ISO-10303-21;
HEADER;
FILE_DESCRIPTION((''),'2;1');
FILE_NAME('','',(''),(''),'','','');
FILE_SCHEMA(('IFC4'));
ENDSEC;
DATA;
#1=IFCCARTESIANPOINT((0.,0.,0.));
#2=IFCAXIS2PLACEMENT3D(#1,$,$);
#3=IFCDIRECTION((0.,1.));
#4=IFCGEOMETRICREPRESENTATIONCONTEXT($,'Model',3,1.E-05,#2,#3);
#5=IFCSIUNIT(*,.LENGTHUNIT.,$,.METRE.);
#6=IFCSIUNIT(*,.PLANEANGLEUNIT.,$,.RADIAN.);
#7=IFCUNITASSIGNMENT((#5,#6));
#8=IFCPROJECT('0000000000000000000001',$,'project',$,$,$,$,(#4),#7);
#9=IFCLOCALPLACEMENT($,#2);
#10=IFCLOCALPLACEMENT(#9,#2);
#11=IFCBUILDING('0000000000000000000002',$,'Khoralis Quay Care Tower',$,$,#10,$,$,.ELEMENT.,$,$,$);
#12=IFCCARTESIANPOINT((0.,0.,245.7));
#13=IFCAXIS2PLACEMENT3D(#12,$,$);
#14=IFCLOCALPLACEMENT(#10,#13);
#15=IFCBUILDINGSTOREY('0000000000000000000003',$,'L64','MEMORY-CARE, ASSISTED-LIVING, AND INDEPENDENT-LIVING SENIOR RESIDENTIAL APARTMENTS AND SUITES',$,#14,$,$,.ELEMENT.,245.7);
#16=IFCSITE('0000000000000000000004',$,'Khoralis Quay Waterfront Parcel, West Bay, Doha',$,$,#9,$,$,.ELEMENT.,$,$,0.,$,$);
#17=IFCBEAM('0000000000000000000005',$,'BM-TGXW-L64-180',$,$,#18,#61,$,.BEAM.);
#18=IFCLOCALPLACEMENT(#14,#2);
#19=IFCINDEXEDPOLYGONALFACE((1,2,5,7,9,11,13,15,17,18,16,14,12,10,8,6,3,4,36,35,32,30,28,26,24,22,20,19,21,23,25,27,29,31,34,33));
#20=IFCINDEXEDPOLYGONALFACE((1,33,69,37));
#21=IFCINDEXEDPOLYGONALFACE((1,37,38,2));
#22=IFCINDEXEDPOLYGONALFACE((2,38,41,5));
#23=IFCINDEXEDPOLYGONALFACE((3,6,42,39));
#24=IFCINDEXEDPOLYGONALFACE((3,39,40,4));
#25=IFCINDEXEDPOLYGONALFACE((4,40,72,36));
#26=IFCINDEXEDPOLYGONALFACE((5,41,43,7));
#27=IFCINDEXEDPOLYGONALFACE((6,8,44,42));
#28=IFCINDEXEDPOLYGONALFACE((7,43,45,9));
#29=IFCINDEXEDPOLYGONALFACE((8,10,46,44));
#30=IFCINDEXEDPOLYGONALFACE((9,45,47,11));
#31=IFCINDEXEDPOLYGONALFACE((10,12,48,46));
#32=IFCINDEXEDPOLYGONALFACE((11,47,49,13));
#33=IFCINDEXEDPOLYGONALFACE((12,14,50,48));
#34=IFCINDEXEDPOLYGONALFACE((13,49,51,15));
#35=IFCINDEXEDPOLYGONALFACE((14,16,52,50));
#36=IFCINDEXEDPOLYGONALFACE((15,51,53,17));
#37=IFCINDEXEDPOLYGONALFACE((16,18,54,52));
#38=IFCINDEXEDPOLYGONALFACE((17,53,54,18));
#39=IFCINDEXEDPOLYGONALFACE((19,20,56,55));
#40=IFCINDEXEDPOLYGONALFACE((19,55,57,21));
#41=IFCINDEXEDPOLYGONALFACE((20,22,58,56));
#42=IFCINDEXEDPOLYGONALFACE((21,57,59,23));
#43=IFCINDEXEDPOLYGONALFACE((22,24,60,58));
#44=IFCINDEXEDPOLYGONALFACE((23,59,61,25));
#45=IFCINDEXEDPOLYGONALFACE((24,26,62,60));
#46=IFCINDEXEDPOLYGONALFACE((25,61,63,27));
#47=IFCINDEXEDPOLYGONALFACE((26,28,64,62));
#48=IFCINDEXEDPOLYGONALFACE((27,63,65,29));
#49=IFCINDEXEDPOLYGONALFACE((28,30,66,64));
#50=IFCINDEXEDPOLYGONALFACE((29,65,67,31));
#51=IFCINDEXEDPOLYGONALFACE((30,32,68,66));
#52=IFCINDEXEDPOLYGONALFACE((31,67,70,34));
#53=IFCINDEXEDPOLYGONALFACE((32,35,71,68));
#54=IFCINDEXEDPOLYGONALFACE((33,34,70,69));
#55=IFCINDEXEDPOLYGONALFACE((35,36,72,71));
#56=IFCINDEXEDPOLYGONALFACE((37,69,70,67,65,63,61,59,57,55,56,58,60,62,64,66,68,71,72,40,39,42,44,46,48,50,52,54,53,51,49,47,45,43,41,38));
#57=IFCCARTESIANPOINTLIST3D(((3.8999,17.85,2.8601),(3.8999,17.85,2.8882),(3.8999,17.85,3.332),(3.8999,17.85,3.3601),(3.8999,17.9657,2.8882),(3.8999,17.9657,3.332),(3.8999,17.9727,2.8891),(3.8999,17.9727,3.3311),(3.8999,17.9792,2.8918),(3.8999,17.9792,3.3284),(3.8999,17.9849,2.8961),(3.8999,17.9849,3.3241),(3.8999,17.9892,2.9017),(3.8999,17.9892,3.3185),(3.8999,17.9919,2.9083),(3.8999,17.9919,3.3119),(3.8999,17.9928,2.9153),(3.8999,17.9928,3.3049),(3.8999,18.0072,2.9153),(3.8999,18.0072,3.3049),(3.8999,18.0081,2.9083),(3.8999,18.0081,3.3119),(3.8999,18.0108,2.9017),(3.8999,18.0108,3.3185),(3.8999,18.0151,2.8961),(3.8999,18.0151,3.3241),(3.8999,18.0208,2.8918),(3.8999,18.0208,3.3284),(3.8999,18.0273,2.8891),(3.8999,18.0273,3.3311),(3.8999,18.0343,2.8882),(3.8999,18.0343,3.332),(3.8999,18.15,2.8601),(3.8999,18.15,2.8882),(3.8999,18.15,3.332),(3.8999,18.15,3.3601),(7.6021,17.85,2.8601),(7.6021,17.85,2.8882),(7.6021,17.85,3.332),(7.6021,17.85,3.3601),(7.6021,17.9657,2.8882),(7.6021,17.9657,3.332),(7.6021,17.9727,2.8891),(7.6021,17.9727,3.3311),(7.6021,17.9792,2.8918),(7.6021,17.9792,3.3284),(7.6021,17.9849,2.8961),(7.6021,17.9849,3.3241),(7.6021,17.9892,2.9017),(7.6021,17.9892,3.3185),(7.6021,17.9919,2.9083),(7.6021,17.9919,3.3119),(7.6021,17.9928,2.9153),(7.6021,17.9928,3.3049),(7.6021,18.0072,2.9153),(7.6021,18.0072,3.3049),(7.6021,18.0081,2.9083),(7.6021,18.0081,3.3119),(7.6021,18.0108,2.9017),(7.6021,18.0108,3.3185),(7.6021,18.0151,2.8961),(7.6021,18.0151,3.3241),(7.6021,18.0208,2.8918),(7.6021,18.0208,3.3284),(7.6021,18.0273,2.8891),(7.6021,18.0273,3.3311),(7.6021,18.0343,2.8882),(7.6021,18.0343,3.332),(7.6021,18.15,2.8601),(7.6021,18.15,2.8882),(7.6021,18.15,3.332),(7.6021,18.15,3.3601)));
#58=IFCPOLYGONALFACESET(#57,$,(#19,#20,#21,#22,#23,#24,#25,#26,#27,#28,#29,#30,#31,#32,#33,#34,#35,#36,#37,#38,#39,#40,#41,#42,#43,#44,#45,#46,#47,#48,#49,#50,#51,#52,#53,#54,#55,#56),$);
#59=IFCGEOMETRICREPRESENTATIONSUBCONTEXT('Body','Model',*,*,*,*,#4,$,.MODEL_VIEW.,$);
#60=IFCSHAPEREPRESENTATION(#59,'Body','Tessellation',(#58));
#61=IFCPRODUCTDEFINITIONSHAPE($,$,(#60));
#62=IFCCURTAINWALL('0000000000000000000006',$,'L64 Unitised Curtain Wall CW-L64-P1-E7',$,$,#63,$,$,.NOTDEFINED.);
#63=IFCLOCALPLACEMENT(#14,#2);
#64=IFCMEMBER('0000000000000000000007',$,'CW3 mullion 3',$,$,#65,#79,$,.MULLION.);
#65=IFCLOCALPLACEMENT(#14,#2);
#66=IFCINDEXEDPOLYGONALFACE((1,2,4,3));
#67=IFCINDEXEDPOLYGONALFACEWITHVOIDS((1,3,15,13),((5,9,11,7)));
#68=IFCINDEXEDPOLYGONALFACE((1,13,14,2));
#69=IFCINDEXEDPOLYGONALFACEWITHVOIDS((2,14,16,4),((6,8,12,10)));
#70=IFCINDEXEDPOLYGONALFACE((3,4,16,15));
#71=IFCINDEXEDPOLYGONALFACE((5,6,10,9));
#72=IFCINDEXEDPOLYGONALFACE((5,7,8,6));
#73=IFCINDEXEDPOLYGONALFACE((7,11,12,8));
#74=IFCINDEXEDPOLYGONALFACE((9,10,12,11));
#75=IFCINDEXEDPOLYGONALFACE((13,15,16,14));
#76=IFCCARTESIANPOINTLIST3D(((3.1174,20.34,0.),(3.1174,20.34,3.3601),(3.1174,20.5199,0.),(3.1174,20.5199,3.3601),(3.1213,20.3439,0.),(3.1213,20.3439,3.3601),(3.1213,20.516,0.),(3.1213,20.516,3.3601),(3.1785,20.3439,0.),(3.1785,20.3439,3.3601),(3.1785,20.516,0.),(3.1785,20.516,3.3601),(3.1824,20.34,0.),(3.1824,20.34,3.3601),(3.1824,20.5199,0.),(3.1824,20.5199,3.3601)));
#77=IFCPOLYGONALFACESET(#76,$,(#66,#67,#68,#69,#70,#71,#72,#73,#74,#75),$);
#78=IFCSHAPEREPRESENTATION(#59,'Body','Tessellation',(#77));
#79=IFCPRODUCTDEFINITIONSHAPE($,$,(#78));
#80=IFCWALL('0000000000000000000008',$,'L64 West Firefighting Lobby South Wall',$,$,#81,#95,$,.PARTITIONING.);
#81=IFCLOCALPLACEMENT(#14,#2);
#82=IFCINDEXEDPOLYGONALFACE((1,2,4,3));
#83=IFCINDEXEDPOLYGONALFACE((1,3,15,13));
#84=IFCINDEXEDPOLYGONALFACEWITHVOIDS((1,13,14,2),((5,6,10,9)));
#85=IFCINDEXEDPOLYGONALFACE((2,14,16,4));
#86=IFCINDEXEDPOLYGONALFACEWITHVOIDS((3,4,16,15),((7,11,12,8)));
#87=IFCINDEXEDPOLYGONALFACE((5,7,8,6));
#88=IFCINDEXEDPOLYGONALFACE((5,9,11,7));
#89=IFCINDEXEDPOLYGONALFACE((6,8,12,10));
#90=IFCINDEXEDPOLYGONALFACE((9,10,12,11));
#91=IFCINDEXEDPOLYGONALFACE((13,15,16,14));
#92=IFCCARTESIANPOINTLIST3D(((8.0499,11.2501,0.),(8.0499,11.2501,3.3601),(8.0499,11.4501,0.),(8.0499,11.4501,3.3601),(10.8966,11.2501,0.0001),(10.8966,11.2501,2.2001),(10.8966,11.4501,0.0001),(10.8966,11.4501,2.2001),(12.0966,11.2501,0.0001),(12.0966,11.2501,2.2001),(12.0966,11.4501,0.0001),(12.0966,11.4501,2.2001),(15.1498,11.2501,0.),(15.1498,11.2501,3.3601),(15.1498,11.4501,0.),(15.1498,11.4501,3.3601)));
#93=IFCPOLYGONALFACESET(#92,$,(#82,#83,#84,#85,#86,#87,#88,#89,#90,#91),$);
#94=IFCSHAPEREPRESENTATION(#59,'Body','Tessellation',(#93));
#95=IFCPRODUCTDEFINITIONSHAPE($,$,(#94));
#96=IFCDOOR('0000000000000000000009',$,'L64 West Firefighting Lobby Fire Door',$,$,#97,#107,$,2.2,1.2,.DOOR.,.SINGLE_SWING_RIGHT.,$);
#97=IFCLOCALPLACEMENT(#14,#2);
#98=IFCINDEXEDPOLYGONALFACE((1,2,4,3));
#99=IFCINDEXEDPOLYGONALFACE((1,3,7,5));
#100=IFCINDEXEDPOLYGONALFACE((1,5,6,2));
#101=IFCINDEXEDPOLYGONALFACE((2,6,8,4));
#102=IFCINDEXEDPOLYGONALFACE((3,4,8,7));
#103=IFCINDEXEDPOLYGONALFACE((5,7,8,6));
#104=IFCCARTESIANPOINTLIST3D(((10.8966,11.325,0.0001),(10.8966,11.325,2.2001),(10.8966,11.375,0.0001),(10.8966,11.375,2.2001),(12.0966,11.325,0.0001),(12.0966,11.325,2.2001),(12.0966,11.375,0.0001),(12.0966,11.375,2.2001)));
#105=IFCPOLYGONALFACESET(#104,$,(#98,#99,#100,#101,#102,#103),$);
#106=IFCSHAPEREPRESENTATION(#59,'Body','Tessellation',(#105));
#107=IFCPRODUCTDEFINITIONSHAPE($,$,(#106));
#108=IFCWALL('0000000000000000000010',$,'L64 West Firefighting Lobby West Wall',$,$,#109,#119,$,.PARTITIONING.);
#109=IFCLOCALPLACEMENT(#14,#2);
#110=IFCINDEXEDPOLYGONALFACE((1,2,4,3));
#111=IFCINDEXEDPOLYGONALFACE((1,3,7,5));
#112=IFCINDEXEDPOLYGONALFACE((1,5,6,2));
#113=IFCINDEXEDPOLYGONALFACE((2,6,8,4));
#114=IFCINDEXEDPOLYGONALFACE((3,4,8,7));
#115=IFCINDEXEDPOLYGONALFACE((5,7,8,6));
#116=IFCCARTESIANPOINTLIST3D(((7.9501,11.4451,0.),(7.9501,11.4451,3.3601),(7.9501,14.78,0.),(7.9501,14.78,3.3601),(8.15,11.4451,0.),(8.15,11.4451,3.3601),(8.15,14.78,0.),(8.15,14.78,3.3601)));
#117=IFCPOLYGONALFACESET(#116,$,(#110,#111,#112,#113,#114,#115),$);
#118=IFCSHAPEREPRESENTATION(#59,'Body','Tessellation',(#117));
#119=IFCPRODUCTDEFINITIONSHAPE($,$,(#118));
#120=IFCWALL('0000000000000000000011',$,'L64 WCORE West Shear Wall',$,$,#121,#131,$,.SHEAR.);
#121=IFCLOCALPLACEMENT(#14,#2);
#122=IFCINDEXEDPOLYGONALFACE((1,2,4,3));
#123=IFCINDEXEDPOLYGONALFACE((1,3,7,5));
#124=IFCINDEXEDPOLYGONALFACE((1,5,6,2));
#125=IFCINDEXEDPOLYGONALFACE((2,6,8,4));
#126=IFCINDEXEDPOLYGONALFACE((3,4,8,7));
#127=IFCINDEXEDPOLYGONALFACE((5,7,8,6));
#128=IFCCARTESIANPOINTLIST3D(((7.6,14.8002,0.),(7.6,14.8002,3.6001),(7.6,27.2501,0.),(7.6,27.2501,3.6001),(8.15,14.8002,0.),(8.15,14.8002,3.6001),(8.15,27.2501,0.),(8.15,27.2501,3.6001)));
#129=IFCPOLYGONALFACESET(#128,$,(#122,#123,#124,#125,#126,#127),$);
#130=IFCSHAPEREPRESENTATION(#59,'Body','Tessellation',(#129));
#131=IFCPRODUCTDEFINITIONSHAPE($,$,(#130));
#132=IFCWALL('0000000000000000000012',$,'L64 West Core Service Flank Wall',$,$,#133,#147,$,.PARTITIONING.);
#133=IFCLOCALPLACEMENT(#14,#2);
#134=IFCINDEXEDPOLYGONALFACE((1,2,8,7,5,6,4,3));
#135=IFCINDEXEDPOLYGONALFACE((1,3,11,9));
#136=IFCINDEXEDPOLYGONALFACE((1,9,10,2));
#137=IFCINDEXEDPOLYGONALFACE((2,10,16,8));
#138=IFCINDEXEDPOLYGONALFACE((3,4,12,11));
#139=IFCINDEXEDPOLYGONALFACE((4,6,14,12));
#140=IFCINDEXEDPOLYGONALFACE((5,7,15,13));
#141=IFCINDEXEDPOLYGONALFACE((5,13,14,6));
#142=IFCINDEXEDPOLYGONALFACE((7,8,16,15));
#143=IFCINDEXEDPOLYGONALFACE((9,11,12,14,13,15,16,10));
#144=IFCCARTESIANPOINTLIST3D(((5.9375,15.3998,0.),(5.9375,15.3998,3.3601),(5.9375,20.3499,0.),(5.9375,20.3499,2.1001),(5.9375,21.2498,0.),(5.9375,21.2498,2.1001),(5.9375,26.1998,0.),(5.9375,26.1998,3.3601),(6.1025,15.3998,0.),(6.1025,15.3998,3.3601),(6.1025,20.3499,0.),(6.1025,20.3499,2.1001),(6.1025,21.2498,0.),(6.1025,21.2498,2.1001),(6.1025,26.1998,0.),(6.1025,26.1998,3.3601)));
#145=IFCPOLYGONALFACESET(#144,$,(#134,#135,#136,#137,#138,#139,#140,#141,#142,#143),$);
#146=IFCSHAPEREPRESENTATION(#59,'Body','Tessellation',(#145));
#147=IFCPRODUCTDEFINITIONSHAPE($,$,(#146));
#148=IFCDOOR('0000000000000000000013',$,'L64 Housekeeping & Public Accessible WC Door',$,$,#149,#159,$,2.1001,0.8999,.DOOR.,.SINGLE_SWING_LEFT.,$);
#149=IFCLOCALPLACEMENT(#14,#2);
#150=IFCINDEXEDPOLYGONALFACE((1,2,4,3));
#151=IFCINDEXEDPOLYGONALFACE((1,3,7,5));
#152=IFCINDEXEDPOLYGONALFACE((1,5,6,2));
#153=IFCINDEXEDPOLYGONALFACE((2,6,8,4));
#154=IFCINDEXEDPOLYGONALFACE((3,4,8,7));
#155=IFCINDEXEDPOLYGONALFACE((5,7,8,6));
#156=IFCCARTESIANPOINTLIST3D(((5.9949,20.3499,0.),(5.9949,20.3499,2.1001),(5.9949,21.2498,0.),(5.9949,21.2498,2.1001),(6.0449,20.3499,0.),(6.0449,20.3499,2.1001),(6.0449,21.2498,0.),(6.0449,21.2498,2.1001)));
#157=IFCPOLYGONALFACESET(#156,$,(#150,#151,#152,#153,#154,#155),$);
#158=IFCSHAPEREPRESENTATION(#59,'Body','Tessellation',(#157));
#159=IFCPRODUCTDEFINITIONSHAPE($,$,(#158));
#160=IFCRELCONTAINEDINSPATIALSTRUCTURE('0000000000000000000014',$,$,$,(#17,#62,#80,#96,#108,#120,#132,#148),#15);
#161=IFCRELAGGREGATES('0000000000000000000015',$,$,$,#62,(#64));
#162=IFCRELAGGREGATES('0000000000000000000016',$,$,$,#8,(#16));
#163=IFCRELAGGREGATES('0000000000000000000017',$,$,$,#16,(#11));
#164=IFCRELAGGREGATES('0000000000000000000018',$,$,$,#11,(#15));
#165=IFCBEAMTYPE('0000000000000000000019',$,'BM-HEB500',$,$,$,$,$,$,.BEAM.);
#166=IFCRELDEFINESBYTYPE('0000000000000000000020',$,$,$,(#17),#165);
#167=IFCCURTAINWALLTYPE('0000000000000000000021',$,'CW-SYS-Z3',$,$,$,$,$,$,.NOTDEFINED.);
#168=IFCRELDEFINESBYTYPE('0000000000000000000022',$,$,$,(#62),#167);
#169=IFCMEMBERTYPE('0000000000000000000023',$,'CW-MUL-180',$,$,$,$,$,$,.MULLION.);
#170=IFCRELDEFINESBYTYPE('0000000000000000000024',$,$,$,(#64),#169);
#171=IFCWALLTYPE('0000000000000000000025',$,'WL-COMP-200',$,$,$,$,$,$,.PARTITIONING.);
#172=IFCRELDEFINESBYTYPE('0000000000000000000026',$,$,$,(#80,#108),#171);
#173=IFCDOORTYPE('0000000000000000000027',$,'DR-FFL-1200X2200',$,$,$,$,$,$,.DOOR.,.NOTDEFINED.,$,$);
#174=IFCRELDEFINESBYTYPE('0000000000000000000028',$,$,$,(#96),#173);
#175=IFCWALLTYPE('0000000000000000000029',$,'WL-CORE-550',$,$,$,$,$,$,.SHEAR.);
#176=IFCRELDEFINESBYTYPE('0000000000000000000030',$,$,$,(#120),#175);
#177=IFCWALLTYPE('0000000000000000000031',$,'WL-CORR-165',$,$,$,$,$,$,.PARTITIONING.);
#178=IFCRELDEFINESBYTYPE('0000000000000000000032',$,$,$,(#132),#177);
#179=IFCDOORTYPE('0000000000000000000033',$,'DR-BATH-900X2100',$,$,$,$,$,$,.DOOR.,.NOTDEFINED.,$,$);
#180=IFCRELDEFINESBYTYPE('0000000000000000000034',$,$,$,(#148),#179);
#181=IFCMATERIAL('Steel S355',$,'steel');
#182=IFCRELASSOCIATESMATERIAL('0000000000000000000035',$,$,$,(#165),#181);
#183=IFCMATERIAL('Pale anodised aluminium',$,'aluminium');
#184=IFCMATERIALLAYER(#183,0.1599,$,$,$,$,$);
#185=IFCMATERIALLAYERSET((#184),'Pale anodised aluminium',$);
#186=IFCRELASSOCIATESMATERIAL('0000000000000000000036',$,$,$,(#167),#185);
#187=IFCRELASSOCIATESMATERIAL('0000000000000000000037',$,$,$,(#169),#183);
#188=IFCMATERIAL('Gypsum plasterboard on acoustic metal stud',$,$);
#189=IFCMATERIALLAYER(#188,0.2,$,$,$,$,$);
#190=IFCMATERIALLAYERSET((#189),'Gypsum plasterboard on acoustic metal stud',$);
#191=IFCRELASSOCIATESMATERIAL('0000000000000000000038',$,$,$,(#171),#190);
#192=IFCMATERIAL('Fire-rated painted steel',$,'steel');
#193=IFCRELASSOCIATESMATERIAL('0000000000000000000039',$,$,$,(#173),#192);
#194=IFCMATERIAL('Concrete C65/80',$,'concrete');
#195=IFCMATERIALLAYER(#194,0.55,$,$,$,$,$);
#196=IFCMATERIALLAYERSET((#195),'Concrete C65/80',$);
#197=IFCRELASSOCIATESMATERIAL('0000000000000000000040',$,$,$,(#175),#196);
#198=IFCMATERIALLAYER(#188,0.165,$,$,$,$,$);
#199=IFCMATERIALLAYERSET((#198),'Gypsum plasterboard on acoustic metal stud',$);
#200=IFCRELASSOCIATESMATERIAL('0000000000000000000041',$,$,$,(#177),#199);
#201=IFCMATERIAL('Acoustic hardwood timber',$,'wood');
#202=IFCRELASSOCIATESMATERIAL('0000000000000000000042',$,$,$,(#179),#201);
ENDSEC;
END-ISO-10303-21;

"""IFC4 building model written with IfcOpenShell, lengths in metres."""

from ifc_helpers import new_model, si_unit, direction, frame, frame_2d, origin, origin_2d, place, context, subcontext, project, spatial, rectangle, hollow_rectangle, i_section, extrude, source, transform, mapped, material, layer, layer_set, material_profile, profile_set, type_object, element, fill, aggregate, save


model = new_model("IFC4")

# Units and contexts
model_context = context("Model", 3, precision=1e-05, world=origin(), true_north=direction((0.0, 1.0)))
body_context = subcontext(model_context, "Body", "Model", "MODEL_VIEW")
ifc_project = project(units=[si_unit("LENGTHUNIT", "METRE"), si_unit("PLANEANGLEUNIT", "RADIAN")], contexts=[model_context])

# Site, building, storey
site_placement = place(None, origin())
site = spatial("IfcSite", under=ifc_project, at=site_placement, Name="Khoralis Quay Waterfront Parcel, West Bay, Doha", CompositionType="ELEMENT", RefElevation=0.0)
building_placement = place(site_placement, origin())
building = spatial("IfcBuilding", under=site, at=building_placement, Name="Khoralis Quay Care Tower", CompositionType="ELEMENT")
storey_placement = place(building_placement, frame((0.0, 0.0, 245.7)))
storey = spatial("IfcBuildingStorey", under=building, at=storey_placement, Name="L64", Description="MEMORY-CARE, ASSISTED-LIVING, AND INDEPENDENT-LIVING SENIOR RESIDENTIAL APARTMENTS AND SUITES", CompositionType="ELEMENT", Elevation=245.7)

# Beam
ifc_material_1 = material(Name="Steel S355", Category="steel")
ifc_material_profile_1 = material_profile(ifc_material_1, i_section(OverallWidth=0.3, OverallDepth=0.5, WebThickness=0.0144, FlangeThickness=0.0281, FilletRadius=0.0271, at=origin_2d()), Name="Steel S355")
ifc_profile_set_1 = profile_set([ifc_material_profile_1], Name="Steel S355")
beam_type_1 = type_object("IfcBeamType", Name="BM-HEB500", PredefinedType="BEAM", material=ifc_profile_set_1)
shared_shape_1 = source(origin(), body_context, "Body", "SweptSolid", [
    extrude(i_section(OverallWidth=0.3, OverallDepth=0.5, WebThickness=0.0144, FlangeThickness=0.0281, FilletRadius=0.0271, at=origin_2d()), origin(), (0.0, 0.0, 1.0), 3.7021),
])
beam_1_placement = place(storey_placement, frame((3.8999, 18.0, 3.1101), z_axis=(1.0, 0.0, 0.0), x_axis=(0.0, 1.0, 0.0)))
element("IfcBeam", 1, at=beam_1_placement, inside=storey, type_object=beam_type_1, Name="BM-TGXW-L64-180", PredefinedType="BEAM", context=body_context, shape_type="MappedRepresentation", body=[
    mapped(shared_shape_1, transform((0.0, 0.0, 0.0), scale=1.0)),
])

# Curtain wall, member
ifc_material_2 = material(Name="Pale anodised aluminium", Category="aluminium")
ifc_layer_1 = layer(ifc_material_2, 0.1599)
ifc_layer_set_1 = layer_set([ifc_layer_1], Name="Pale anodised aluminium")
curtain_wall_type = type_object("IfcCurtainWallType", Name="CW-SYS-Z3", PredefinedType="NOTDEFINED", material=ifc_layer_set_1)
curtain_wall_placement = place(storey_placement, origin())
curtain_wall = element("IfcCurtainWall", 2, at=curtain_wall_placement, inside=storey, type_object=curtain_wall_type, Name="L64 Unitised Curtain Wall CW-L64-P1-E7", PredefinedType="NOTDEFINED")
ifc_material_profile_2 = material_profile(ifc_material_2, hollow_rectangle(XDim=0.0649, YDim=0.1799, WallThickness=0.0039, at=origin_2d()), Name="Pale anodised aluminium")
ifc_profile_set_2 = profile_set([ifc_material_profile_2], Name="Pale anodised aluminium")
member_type = type_object("IfcMemberType", Name="CW-MUL-180", PredefinedType="MULLION", material=ifc_profile_set_2)
shared_shape_2 = source(origin(), body_context, "Body", "SweptSolid", [
    extrude(hollow_rectangle(XDim=0.0649, YDim=0.1799, WallThickness=0.0039, at=origin_2d()), origin(), (0.0, 0.0, 1.0), 3.3601),
])
member_placement = place(storey_placement, frame((3.1499, 20.4299, 0.0), z_axis=(0.0, 0.0, 1.0), x_axis=(1.0, 0.0, 0.0)))
member = element("IfcMember", 3, at=member_placement, type_object=member_type, Name="CW3 mullion 3", PredefinedType="MULLION", context=body_context, shape_type="MappedRepresentation", body=[
    mapped(shared_shape_2, transform((0.0, 0.0, 0.0), scale=1.0)),
])
aggregate(curtain_wall, [member])

# Wall, opening, door
ifc_material_3 = material(Name="Gypsum plasterboard on acoustic metal stud")
ifc_layer_2 = layer(ifc_material_3, 0.2)
ifc_layer_set_2 = layer_set([ifc_layer_2], Name="Gypsum plasterboard on acoustic metal stud")
wall_type_1 = type_object("IfcWallType", Name="WL-COMP-200", PredefinedType="PARTITIONING", material=ifc_layer_set_2)
wall_1_placement = place(storey_placement, frame((8.05, 11.3501, 0.0), z_axis=(0.0, 0.0, 1.0), x_axis=(1.0, 0.0, 0.0)))
wall_1 = element("IfcWall", 4, at=wall_1_placement, inside=storey, type_object=wall_type_1, Name="L64 West Firefighting Lobby South Wall", PredefinedType="PARTITIONING", context=body_context, shape_type="SweptSolid", body=[
    extrude(rectangle(XDim=7.0999, YDim=0.2, at=frame_2d((3.5498, 0.0))), origin(), (0.0, 0.0, 1.0), 3.3601),
])
opening_1_placement = place(wall_1_placement, frame((2.8464, 0.0, 0.0)))
opening_1 = element("IfcOpeningElement", 5, at=opening_1_placement, cuts=wall_1, PredefinedType="OPENING", context=body_context, shape_type="SweptSolid", body=[
    extrude(rectangle(XDim=1.2, YDim=2.2, at=frame_2d((0.6001, 1.1001))), frame((0.0, 0.1099, 0.0), z_axis=(0.0, -1.0, 0.0), x_axis=(1.0, 0.0, 0.0)), (0.0, 0.0, 1.0), 0.22),
])
ifc_material_4 = material(Name="Fire-rated painted steel", Category="steel")
door_type_1 = type_object("IfcDoorType", Name="DR-FFL-1200X2200", OperationType="NOTDEFINED", PredefinedType="DOOR", material=ifc_material_4)
shared_shape_3 = source(origin(), body_context, "Body", "SweptSolid", [
    extrude(rectangle(XDim=1.2, YDim=2.2, at=frame_2d((0.6001, 1.1001))), frame((0.0, 0.0249, 0.0), z_axis=(0.0, -1.0, 0.0), x_axis=(1.0, 0.0, 0.0)), (0.0, 0.0, 1.0), 0.05),
])
door_1_placement = place(opening_1_placement, origin())
door_1 = element("IfcDoor", 6, at=door_1_placement, inside=storey, type_object=door_type_1, Name="L64 West Firefighting Lobby Fire Door", OperationType="SINGLE_SWING_RIGHT", OverallHeight=2.2, OverallWidth=1.2, PredefinedType="DOOR", context=body_context, shape_type="MappedRepresentation", body=[
    mapped(shared_shape_3, transform((0.0, 0.0, 0.0), scale=1.0)),
])
fill(opening_1, door_1)

# Walls
wall_2_placement = place(storey_placement, frame((8.05, 11.4451, 0.0), z_axis=(0.0, 0.0, 1.0), x_axis=(0.0, 1.0, 0.0)))
element("IfcWall", 7, at=wall_2_placement, inside=storey, type_object=wall_type_1, Name="L64 West Firefighting Lobby West Wall", PredefinedType="PARTITIONING", context=body_context, shape_type="SweptSolid", body=[
    extrude(rectangle(XDim=3.335, YDim=0.2, at=frame_2d((1.6675, 0.0))), origin(), (0.0, 0.0, 1.0), 3.3601),
])
ifc_material_5 = material(Name="Concrete C65/80", Category="concrete")
ifc_layer_3 = layer(ifc_material_5, 0.55)
ifc_layer_set_3 = layer_set([ifc_layer_3], Name="Concrete C65/80")
wall_type_2 = type_object("IfcWallType", Name="WL-CORE-550", PredefinedType="SHEAR", material=ifc_layer_set_3)
wall_3_placement = place(storey_placement, frame((7.875, 14.8, 0.0), z_axis=(0.0, 0.0, 1.0), x_axis=(0.0, 1.0, 0.0)))
element("IfcWall", 8, at=wall_3_placement, inside=storey, type_object=wall_type_2, Name="L64 WCORE West Shear Wall", PredefinedType="SHEAR", context=body_context, shape_type="SweptSolid", body=[
    extrude(rectangle(XDim=12.45, YDim=0.55, at=frame_2d((6.2251, 0.0))), origin(), (0.0, 0.0, 1.0), 3.6001),
])

# Wall, opening, door
ifc_layer_4 = layer(ifc_material_3, 0.165)
ifc_layer_set_4 = layer_set([ifc_layer_4], Name="Gypsum plasterboard on acoustic metal stud")
wall_type_3 = type_object("IfcWallType", Name="WL-CORR-165", PredefinedType="PARTITIONING", material=ifc_layer_set_4)
wall_4_placement = place(storey_placement, frame((6.02, 15.3999, 0.0), z_axis=(0.0, 0.0, 1.0), x_axis=(0.0, 1.0, 0.0)))
wall_4 = element("IfcWall", 9, at=wall_4_placement, inside=storey, type_object=wall_type_3, Name="L64 West Core Service Flank Wall", PredefinedType="PARTITIONING", context=body_context, shape_type="SweptSolid", body=[
    extrude(rectangle(XDim=10.8, YDim=0.165, at=frame_2d((5.3999, 0.0))), origin(), (0.0, 0.0, 1.0), 3.3601),
])
opening_2_placement = place(wall_4_placement, frame((4.95, 0.0, 0.0)))
opening_2 = element("IfcOpeningElement", 10, at=opening_2_placement, cuts=wall_4, PredefinedType="OPENING", context=body_context, shape_type="SweptSolid", body=[
    extrude(rectangle(XDim=0.8999, YDim=2.1001, at=frame_2d((0.45, 1.05))), frame((0.0, 0.0925, 0.0), z_axis=(0.0, -1.0, 0.0), x_axis=(1.0, 0.0, 0.0)), (0.0, 0.0, 1.0), 0.1851),
])
ifc_material_6 = material(Name="Acoustic hardwood timber", Category="wood")
door_type_2 = type_object("IfcDoorType", Name="DR-BATH-900X2100", OperationType="NOTDEFINED", PredefinedType="DOOR", material=ifc_material_6)
shared_shape_4 = source(origin(), body_context, "Body", "SweptSolid", [
    extrude(rectangle(XDim=0.8999, YDim=2.1001, at=frame_2d((0.45, 1.05))), frame((0.0, 0.0249, 0.0), z_axis=(0.0, -1.0, 0.0), x_axis=(1.0, 0.0, 0.0)), (0.0, 0.0, 1.0), 0.05),
])
door_2_placement = place(opening_2_placement, frame((0.8999, 0.0, 0.0), z_axis=(0.0, 0.0, 1.0), x_axis=(-1.0, 0.0, 0.0)))
door_2 = element("IfcDoor", 11, at=door_2_placement, inside=storey, type_object=door_type_2, Name="L64 Housekeeping & Public Accessible WC Door", OperationType="SINGLE_SWING_LEFT", OverallHeight=2.1001, OverallWidth=0.8999, PredefinedType="DOOR", context=body_context, shape_type="MappedRepresentation", body=[
    mapped(shared_shape_4, transform((0.0, 0.0, 0.0), scale=1.0)),
])
fill(opening_2, door_2)

save(model, "model.ifc")
